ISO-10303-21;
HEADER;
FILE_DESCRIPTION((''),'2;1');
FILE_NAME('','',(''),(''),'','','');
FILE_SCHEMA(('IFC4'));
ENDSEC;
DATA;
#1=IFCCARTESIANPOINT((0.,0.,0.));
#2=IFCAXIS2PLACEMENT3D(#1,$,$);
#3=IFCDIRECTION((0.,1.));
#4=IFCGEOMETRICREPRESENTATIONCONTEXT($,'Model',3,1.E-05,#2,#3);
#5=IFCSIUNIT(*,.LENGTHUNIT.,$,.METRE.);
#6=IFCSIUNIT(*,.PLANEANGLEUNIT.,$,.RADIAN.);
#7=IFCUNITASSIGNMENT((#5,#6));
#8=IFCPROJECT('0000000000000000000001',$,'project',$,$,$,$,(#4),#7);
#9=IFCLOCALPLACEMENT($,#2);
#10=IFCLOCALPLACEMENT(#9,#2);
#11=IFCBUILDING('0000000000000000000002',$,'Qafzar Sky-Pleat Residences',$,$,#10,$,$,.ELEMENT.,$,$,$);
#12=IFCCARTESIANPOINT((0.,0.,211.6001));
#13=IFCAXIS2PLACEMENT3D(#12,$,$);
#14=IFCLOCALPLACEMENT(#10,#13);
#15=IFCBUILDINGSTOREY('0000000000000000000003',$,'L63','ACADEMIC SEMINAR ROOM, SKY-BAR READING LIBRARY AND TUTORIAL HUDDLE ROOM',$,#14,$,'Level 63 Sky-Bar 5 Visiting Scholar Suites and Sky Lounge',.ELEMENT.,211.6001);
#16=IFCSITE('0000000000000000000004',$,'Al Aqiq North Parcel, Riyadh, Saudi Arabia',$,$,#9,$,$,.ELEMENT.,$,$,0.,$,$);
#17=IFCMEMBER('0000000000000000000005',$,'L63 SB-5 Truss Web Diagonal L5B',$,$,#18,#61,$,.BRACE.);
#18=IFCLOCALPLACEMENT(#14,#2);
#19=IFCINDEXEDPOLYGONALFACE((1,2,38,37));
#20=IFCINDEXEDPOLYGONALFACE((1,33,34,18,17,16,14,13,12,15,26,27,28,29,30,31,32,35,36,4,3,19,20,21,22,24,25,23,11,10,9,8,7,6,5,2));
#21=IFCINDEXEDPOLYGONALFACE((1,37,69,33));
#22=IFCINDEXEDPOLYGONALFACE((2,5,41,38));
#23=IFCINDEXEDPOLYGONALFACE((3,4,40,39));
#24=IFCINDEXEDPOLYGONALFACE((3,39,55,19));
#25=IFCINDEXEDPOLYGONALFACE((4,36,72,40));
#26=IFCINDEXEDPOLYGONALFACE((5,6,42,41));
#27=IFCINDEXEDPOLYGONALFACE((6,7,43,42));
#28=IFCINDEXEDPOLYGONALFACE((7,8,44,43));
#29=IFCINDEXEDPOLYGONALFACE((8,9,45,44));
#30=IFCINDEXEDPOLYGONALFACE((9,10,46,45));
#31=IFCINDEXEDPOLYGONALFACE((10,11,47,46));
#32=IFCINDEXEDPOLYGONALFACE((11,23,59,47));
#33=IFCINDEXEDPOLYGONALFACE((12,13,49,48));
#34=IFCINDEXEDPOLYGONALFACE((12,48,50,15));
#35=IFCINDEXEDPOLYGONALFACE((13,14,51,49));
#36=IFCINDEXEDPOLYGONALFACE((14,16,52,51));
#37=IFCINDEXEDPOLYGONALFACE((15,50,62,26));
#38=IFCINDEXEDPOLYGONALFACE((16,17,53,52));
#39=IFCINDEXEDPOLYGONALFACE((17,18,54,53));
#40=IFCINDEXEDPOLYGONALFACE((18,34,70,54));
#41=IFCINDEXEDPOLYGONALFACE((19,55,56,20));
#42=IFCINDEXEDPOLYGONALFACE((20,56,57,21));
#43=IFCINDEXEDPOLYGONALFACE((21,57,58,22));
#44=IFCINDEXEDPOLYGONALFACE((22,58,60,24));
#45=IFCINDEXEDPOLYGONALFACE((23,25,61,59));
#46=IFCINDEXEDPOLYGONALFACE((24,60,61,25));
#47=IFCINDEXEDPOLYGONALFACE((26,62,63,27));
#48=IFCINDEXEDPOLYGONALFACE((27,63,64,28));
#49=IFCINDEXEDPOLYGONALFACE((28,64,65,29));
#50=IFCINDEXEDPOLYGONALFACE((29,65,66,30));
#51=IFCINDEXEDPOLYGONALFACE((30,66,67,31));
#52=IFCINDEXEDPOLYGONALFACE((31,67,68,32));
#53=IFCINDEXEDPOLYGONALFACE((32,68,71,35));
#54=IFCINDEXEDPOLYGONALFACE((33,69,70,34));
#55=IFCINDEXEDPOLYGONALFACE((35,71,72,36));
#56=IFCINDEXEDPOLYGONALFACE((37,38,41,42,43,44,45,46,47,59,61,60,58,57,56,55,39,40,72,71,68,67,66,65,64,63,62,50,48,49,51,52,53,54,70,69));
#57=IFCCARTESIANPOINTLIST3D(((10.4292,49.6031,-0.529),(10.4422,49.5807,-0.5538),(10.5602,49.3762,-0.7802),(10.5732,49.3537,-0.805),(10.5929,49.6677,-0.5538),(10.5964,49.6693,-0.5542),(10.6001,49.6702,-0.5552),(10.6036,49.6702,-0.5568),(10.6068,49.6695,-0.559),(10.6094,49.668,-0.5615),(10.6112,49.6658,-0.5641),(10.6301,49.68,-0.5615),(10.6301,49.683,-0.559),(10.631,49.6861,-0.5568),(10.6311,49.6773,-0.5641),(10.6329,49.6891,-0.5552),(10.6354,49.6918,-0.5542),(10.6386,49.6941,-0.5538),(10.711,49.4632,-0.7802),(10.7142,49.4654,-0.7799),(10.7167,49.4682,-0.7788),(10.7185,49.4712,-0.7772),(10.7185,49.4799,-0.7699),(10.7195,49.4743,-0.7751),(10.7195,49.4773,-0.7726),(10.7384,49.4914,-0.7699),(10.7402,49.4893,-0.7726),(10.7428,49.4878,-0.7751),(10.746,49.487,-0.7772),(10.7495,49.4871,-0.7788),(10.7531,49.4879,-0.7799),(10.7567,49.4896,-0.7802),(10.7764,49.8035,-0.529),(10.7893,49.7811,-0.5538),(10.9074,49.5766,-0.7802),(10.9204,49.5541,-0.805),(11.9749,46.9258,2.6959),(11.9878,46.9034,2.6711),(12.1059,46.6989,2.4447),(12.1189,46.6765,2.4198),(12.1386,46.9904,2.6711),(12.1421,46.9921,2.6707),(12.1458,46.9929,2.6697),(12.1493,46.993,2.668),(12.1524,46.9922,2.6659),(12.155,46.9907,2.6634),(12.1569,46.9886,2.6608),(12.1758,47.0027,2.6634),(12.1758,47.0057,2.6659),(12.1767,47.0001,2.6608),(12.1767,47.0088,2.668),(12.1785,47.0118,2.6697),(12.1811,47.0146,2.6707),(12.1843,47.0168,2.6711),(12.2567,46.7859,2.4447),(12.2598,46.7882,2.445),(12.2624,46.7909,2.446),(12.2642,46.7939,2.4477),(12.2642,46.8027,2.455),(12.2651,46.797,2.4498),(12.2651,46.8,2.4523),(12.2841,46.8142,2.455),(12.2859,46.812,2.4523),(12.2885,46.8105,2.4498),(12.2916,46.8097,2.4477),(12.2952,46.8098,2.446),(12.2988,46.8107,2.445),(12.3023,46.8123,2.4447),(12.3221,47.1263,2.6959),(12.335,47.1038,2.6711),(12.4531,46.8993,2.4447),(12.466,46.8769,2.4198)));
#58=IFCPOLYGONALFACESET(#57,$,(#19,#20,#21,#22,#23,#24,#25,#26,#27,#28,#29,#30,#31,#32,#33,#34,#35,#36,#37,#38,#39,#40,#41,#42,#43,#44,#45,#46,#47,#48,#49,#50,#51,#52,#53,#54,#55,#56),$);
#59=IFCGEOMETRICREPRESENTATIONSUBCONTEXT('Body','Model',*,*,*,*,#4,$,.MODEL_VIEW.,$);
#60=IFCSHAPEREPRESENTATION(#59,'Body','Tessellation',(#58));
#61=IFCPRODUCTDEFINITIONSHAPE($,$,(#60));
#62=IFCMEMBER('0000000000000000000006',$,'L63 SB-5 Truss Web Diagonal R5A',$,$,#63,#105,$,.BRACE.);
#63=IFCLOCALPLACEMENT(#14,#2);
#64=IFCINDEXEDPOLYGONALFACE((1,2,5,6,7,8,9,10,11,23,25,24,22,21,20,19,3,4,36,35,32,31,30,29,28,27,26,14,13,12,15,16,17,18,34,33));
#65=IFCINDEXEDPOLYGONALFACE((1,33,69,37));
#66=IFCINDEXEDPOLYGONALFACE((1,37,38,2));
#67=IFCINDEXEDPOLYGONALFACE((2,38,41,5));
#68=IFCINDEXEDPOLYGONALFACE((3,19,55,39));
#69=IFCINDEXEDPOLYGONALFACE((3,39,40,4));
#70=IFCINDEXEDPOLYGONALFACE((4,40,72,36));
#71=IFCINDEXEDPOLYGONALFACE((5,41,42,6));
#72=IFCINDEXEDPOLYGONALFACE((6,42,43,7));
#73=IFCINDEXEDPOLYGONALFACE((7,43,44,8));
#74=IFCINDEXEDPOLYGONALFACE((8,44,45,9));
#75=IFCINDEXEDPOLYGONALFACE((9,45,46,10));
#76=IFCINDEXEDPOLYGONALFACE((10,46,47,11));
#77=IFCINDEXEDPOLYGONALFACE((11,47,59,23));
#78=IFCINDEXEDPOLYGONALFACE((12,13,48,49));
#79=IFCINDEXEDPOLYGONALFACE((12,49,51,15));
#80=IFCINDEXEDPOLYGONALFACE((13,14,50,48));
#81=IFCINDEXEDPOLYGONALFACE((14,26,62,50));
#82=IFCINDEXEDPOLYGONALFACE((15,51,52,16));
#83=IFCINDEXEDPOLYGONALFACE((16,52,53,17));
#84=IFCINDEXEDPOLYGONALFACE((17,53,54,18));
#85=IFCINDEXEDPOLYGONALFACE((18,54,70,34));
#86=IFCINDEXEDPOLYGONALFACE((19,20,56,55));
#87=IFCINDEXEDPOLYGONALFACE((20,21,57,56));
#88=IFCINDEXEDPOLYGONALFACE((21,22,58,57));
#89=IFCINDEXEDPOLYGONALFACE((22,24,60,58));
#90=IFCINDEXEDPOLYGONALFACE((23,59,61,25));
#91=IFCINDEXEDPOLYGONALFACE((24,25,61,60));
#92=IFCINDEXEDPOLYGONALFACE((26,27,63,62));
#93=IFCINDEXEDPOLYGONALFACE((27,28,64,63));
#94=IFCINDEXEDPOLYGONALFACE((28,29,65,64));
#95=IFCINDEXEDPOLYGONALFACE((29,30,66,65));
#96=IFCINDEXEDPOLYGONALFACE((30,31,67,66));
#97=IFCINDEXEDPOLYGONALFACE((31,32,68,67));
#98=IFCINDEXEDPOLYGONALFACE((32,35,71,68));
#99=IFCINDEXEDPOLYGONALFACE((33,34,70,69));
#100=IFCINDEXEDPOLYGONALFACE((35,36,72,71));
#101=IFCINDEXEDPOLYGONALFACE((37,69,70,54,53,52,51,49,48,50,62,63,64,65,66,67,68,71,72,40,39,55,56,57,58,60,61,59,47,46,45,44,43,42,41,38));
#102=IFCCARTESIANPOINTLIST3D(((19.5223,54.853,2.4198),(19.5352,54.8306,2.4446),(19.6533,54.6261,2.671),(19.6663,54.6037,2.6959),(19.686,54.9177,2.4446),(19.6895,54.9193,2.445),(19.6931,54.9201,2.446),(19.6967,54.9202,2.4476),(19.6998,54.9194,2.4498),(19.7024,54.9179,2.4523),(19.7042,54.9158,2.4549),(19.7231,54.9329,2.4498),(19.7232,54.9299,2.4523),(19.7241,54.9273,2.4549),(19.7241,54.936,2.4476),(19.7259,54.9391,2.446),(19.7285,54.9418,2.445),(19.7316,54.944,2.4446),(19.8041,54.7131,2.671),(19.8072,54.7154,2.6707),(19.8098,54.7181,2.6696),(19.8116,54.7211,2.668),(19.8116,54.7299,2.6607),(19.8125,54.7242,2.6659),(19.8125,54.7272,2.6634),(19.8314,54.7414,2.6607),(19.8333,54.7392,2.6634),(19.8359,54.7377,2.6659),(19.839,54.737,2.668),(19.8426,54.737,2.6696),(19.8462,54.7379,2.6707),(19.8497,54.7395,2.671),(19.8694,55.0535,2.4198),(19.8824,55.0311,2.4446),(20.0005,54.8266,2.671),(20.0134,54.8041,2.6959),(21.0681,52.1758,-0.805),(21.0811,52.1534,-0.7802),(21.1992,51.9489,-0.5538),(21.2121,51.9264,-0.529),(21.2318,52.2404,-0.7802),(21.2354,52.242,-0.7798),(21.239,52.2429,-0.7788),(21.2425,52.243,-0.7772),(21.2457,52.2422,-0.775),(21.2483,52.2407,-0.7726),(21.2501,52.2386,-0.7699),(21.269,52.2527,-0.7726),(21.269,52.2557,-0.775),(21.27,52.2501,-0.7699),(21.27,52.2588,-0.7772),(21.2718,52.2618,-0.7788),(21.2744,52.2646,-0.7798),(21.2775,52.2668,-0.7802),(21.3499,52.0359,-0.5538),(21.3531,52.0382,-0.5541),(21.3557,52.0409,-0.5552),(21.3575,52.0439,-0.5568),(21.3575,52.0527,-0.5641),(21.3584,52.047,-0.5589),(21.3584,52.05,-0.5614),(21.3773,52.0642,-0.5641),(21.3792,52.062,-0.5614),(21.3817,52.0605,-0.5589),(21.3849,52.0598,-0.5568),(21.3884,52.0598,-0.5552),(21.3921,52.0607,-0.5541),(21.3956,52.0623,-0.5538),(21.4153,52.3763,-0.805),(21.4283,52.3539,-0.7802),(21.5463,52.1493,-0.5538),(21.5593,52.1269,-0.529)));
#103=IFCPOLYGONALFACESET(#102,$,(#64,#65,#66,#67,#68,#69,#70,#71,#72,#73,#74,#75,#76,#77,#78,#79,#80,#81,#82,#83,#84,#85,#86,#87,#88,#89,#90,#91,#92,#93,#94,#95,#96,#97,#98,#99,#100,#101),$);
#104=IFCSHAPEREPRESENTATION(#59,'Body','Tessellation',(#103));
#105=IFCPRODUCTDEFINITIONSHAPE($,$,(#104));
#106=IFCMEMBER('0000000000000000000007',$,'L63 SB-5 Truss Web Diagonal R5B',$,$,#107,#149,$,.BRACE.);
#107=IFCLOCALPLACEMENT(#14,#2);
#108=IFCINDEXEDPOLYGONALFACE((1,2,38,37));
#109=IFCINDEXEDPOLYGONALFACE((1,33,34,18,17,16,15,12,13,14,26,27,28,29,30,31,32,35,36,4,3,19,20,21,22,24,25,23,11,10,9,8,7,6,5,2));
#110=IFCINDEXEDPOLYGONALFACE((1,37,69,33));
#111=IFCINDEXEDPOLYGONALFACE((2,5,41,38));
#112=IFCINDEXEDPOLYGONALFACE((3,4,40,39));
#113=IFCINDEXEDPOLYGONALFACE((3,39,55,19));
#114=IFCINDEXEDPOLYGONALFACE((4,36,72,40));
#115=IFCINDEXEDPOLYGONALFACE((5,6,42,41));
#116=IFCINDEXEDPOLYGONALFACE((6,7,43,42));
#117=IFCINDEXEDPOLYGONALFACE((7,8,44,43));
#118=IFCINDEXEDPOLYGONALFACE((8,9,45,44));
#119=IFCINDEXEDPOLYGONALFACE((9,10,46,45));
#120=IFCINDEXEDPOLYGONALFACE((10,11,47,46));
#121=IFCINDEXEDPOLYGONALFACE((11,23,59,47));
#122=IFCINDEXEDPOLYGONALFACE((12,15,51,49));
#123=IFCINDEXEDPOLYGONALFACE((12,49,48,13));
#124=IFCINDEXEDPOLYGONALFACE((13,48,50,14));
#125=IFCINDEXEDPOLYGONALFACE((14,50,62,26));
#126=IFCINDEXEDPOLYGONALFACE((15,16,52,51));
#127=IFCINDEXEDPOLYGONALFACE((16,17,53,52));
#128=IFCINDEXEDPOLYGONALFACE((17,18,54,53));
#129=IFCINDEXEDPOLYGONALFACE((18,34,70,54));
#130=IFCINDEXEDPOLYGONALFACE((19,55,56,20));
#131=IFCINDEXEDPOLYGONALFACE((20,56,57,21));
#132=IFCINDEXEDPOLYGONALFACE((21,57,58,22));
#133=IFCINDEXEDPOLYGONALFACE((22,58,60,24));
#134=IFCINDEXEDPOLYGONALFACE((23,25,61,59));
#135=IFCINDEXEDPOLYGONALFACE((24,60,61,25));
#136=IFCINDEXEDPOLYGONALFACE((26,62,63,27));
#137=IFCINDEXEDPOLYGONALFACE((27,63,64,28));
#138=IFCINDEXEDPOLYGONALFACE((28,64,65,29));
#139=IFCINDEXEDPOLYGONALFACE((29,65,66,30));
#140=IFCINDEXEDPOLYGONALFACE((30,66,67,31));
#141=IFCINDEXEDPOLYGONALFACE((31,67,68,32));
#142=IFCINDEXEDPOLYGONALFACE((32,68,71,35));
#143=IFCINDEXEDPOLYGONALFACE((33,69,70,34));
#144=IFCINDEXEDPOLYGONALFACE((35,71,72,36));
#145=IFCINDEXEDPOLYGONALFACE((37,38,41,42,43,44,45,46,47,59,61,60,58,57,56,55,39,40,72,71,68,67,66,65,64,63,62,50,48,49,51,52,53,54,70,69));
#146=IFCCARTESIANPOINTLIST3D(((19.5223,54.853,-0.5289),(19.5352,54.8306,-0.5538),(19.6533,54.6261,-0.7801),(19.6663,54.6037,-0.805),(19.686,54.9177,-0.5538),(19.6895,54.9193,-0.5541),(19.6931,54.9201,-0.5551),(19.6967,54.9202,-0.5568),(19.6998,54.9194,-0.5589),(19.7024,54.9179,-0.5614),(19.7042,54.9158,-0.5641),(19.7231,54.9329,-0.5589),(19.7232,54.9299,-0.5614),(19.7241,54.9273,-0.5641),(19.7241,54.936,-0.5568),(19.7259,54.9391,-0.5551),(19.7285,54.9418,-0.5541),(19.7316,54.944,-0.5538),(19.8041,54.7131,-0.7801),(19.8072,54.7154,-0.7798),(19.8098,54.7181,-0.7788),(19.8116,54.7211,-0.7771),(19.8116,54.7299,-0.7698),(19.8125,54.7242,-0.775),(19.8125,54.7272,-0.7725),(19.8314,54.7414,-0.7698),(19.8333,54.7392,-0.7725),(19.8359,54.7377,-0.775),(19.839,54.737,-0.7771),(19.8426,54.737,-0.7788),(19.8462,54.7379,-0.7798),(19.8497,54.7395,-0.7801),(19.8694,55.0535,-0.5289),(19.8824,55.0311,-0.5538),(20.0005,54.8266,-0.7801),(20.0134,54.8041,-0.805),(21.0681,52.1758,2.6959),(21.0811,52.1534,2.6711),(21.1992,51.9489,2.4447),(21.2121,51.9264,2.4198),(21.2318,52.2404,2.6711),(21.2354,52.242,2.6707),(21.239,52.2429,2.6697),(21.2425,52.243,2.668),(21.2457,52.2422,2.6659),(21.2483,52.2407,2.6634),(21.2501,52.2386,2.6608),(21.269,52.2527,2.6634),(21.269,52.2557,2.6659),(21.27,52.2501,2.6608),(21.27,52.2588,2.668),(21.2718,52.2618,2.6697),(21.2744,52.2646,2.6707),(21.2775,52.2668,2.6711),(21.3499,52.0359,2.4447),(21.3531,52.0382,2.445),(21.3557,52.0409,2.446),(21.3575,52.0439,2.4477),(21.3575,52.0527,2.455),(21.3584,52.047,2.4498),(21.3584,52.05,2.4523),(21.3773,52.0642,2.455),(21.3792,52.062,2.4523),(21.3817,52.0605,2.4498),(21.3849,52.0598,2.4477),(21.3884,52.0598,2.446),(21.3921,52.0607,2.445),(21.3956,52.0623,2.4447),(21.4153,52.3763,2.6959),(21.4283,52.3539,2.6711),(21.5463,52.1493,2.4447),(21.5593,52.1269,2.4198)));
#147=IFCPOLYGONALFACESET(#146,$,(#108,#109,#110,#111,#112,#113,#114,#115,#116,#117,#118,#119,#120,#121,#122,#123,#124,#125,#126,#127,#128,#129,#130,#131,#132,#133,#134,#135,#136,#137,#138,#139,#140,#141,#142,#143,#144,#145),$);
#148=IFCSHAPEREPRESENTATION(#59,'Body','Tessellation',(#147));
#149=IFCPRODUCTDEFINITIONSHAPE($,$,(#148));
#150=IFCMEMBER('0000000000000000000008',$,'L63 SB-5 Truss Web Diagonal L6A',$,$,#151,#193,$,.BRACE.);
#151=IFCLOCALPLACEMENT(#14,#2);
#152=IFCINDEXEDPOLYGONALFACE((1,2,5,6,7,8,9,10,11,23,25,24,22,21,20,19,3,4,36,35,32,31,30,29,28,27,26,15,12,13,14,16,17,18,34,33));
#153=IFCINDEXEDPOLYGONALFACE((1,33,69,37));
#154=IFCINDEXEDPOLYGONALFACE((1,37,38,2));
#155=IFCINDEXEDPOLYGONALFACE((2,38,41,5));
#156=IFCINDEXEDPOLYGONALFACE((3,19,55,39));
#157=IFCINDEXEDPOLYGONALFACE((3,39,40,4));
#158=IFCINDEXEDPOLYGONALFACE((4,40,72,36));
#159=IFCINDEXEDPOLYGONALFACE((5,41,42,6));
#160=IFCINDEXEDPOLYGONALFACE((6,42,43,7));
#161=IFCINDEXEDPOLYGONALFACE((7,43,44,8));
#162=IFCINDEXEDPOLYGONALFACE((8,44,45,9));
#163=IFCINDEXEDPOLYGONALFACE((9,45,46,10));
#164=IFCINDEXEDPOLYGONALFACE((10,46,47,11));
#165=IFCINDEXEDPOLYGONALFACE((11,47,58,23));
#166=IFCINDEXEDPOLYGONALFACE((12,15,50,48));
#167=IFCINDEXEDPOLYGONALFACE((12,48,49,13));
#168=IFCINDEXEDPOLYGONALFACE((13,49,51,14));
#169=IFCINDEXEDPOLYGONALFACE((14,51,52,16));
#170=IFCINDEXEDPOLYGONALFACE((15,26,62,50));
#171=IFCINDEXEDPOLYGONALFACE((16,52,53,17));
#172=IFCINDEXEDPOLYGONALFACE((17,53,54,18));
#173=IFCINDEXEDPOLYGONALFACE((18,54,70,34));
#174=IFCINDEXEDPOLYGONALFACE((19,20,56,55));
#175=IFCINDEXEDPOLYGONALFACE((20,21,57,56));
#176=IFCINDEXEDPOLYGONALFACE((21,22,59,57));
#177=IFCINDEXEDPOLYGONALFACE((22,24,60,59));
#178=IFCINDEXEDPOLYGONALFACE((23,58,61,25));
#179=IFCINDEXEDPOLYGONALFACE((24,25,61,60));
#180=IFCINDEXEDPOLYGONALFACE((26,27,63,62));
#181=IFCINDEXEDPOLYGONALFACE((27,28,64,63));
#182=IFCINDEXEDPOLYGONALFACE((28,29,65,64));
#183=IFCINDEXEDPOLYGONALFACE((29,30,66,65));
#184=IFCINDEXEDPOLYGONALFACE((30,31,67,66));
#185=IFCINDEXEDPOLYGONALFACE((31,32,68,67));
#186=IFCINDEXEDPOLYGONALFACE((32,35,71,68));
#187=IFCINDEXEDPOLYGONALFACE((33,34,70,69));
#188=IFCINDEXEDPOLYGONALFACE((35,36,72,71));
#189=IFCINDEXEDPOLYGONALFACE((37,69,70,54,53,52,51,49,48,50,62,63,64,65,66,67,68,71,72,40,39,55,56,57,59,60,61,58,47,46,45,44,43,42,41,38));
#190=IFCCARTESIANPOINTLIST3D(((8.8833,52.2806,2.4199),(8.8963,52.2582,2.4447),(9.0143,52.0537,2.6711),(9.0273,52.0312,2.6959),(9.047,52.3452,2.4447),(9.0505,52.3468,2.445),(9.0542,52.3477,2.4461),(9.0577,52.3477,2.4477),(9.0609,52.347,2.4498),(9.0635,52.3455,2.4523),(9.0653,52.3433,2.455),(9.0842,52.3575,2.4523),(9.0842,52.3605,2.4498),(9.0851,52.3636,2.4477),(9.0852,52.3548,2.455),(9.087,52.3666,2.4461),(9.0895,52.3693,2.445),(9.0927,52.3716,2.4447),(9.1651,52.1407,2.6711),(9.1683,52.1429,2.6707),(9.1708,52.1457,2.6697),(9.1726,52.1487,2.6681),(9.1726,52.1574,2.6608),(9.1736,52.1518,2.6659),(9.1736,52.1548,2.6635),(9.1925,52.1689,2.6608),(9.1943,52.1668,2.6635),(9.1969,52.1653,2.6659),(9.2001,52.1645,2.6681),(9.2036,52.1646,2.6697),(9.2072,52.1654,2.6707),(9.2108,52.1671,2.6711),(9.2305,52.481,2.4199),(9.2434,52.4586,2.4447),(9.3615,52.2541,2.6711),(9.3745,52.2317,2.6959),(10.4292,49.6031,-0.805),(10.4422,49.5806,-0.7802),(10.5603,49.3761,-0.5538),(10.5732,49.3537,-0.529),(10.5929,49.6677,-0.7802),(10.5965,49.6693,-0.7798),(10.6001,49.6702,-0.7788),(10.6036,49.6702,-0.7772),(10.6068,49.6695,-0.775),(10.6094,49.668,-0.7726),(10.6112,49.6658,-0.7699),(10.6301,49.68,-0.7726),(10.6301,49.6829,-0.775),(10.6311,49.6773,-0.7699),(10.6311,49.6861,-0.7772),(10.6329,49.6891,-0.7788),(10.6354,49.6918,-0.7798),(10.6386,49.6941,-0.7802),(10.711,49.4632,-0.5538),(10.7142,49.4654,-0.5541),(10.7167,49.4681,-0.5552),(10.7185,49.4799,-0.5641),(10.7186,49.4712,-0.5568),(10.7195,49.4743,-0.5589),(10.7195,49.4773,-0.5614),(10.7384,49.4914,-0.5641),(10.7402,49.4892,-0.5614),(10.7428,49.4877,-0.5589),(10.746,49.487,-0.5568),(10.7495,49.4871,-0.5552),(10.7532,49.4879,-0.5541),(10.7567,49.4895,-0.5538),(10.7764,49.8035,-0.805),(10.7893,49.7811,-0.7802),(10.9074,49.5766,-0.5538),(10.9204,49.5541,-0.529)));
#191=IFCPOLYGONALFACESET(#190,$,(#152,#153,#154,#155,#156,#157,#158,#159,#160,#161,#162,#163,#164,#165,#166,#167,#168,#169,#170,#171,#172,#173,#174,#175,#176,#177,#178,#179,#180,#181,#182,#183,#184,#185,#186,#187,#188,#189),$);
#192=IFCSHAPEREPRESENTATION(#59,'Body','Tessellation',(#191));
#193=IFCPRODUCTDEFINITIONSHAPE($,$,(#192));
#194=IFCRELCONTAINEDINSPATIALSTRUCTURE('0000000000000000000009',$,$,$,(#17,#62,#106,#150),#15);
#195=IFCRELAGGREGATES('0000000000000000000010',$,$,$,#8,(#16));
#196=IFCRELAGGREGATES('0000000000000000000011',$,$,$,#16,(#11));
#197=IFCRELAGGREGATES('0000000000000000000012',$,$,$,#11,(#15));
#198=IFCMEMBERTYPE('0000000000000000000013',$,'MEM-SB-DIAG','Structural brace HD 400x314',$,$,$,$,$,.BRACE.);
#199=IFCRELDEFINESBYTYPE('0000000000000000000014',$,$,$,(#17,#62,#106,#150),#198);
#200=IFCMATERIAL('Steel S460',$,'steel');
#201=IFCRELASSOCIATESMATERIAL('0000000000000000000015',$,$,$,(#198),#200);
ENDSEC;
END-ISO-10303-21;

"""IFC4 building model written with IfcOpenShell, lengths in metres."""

from ifc_helpers import new_model, si_unit, direction, frame, origin, origin_2d, place, context, subcontext, project, spatial, i_section, extrude, source, transform, mapped, material, material_profile, profile_set, type_object, element, save


model = new_model("IFC4")

# Units and contexts
model_context = context("Model", 3, precision=1e-05, world=origin(), true_north=direction((0.0, 1.0)))
body_context = subcontext(model_context, "Body", "Model", "MODEL_VIEW")
ifc_project = project(units=[si_unit("LENGTHUNIT", "METRE"), si_unit("PLANEANGLEUNIT", "RADIAN")], contexts=[model_context])

# Site, building, storey
site_placement = place(None, origin())
site = spatial("IfcSite", under=ifc_project, at=site_placement, Name="Al Aqiq North Parcel, Riyadh, Saudi Arabia", CompositionType="ELEMENT", RefElevation=0.0)
building_placement = place(site_placement, origin())
building = spatial("IfcBuilding", under=site, at=building_placement, Name="Qafzar Sky-Pleat Residences", CompositionType="ELEMENT")
storey_placement = place(building_placement, frame((0.0, 0.0, 211.6001)))
storey = spatial("IfcBuildingStorey", under=building, at=storey_placement, Name="L63", Description="ACADEMIC SEMINAR ROOM, SKY-BAR READING LIBRARY AND TUTORIAL HUDDLE ROOM", LongName="Level 63 Sky-Bar 5 Visiting Scholar Suites and Sky Lounge", CompositionType="ELEMENT", Elevation=211.6001)

# Members
ifc_material_1 = material(Name="Steel S460", Category="steel")
ifc_material_profile_1 = material_profile(ifc_material_1, i_section(OverallWidth=0.4009, OverallDepth=0.3989, WebThickness=0.0229, FlangeThickness=0.0359, FilletRadius=0.0149, at=origin_2d()), Name="HD 400x314")
ifc_profile_set_1 = profile_set([ifc_material_profile_1], Name="Steel S460")
member_type_1 = type_object("IfcMemberType", Name="MEM-SB-DIAG", Description="Structural brace HD 400x314", PredefinedType="BRACE", material=ifc_profile_set_1)
shared_shape_1 = source(origin(), body_context, "Body", "SweptSolid", [
    extrude(i_section(OverallWidth=0.4009, OverallDepth=0.3989, WebThickness=0.0229, FlangeThickness=0.0359, FilletRadius=0.0149, at=origin_2d()), origin(), (0.0, 0.0, 1.0), 4.4673),
])
for number, where, z_axis, x_axis, name in (
    (1, (12.2205, 46.9014, 2.5579), (-0.345996, 0.599304, -0.721887), (-0.866033, -0.499987, 0.0), "L63 SB-5 Truss Web Diagonal L5B"),
    (2, (21.3137, 52.1514, -0.667), (-0.346044, 0.599293, 0.721873), (-0.865999, -0.500046, 0.0), "L63 SB-5 Truss Web Diagonal R5A"),
    (3, (21.3137, 52.1514, 2.5579), (-0.346044, 0.599293, -0.721873), (-0.865999, -0.500046, 0.0), "L63 SB-5 Truss Web Diagonal R5B"),
):
    element("IfcMember", number, at=place(storey_placement, frame(where, z_axis=z_axis, x_axis=x_axis)), inside=storey, type_object=member_type_1, Name=name, PredefinedType="BRACE", context=body_context, shape_type="MappedRepresentation", body=[
        mapped(shared_shape_1, transform((0.0, 0.0, 0.0), x_axis=(1.0, 0.0, 0.0), y_axis=(0.0, 1.0, 0.0), z_axis=(0.0, 0.0, 1.0), scale=1.0)),
    ])
shared_shape_2 = source(origin(), body_context, "Body", "SweptSolid", [
    extrude(i_section(OverallWidth=0.4009, OverallDepth=0.3989, WebThickness=0.0229, FlangeThickness=0.0359, FilletRadius=0.0149, at=origin_2d()), origin(), (0.0, 0.0, 1.0), 4.4675),
])
for number, where, z_axis, x_axis, name in (
    (4, (10.6748, 49.5786, -0.667), (-0.346033, 0.599328, 0.72185), (-0.866019, -0.500012, 0.0), "L63 SB-5 Truss Web Diagonal L6A"),
):
    element("IfcMember", number, at=place(storey_placement, frame(where, z_axis=z_axis, x_axis=x_axis)), inside=storey, type_object=member_type_1, Name=name, PredefinedType="BRACE", context=body_context, shape_type="MappedRepresentation", body=[
        mapped(shared_shape_2, transform((0.0, 0.0, 0.0), x_axis=(1.0, 0.0, 0.0), y_axis=(0.0, 1.0, 0.0), z_axis=(0.0, 0.0, 1.0), scale=1.0)),
    ])

save(model, "model.ifc")
